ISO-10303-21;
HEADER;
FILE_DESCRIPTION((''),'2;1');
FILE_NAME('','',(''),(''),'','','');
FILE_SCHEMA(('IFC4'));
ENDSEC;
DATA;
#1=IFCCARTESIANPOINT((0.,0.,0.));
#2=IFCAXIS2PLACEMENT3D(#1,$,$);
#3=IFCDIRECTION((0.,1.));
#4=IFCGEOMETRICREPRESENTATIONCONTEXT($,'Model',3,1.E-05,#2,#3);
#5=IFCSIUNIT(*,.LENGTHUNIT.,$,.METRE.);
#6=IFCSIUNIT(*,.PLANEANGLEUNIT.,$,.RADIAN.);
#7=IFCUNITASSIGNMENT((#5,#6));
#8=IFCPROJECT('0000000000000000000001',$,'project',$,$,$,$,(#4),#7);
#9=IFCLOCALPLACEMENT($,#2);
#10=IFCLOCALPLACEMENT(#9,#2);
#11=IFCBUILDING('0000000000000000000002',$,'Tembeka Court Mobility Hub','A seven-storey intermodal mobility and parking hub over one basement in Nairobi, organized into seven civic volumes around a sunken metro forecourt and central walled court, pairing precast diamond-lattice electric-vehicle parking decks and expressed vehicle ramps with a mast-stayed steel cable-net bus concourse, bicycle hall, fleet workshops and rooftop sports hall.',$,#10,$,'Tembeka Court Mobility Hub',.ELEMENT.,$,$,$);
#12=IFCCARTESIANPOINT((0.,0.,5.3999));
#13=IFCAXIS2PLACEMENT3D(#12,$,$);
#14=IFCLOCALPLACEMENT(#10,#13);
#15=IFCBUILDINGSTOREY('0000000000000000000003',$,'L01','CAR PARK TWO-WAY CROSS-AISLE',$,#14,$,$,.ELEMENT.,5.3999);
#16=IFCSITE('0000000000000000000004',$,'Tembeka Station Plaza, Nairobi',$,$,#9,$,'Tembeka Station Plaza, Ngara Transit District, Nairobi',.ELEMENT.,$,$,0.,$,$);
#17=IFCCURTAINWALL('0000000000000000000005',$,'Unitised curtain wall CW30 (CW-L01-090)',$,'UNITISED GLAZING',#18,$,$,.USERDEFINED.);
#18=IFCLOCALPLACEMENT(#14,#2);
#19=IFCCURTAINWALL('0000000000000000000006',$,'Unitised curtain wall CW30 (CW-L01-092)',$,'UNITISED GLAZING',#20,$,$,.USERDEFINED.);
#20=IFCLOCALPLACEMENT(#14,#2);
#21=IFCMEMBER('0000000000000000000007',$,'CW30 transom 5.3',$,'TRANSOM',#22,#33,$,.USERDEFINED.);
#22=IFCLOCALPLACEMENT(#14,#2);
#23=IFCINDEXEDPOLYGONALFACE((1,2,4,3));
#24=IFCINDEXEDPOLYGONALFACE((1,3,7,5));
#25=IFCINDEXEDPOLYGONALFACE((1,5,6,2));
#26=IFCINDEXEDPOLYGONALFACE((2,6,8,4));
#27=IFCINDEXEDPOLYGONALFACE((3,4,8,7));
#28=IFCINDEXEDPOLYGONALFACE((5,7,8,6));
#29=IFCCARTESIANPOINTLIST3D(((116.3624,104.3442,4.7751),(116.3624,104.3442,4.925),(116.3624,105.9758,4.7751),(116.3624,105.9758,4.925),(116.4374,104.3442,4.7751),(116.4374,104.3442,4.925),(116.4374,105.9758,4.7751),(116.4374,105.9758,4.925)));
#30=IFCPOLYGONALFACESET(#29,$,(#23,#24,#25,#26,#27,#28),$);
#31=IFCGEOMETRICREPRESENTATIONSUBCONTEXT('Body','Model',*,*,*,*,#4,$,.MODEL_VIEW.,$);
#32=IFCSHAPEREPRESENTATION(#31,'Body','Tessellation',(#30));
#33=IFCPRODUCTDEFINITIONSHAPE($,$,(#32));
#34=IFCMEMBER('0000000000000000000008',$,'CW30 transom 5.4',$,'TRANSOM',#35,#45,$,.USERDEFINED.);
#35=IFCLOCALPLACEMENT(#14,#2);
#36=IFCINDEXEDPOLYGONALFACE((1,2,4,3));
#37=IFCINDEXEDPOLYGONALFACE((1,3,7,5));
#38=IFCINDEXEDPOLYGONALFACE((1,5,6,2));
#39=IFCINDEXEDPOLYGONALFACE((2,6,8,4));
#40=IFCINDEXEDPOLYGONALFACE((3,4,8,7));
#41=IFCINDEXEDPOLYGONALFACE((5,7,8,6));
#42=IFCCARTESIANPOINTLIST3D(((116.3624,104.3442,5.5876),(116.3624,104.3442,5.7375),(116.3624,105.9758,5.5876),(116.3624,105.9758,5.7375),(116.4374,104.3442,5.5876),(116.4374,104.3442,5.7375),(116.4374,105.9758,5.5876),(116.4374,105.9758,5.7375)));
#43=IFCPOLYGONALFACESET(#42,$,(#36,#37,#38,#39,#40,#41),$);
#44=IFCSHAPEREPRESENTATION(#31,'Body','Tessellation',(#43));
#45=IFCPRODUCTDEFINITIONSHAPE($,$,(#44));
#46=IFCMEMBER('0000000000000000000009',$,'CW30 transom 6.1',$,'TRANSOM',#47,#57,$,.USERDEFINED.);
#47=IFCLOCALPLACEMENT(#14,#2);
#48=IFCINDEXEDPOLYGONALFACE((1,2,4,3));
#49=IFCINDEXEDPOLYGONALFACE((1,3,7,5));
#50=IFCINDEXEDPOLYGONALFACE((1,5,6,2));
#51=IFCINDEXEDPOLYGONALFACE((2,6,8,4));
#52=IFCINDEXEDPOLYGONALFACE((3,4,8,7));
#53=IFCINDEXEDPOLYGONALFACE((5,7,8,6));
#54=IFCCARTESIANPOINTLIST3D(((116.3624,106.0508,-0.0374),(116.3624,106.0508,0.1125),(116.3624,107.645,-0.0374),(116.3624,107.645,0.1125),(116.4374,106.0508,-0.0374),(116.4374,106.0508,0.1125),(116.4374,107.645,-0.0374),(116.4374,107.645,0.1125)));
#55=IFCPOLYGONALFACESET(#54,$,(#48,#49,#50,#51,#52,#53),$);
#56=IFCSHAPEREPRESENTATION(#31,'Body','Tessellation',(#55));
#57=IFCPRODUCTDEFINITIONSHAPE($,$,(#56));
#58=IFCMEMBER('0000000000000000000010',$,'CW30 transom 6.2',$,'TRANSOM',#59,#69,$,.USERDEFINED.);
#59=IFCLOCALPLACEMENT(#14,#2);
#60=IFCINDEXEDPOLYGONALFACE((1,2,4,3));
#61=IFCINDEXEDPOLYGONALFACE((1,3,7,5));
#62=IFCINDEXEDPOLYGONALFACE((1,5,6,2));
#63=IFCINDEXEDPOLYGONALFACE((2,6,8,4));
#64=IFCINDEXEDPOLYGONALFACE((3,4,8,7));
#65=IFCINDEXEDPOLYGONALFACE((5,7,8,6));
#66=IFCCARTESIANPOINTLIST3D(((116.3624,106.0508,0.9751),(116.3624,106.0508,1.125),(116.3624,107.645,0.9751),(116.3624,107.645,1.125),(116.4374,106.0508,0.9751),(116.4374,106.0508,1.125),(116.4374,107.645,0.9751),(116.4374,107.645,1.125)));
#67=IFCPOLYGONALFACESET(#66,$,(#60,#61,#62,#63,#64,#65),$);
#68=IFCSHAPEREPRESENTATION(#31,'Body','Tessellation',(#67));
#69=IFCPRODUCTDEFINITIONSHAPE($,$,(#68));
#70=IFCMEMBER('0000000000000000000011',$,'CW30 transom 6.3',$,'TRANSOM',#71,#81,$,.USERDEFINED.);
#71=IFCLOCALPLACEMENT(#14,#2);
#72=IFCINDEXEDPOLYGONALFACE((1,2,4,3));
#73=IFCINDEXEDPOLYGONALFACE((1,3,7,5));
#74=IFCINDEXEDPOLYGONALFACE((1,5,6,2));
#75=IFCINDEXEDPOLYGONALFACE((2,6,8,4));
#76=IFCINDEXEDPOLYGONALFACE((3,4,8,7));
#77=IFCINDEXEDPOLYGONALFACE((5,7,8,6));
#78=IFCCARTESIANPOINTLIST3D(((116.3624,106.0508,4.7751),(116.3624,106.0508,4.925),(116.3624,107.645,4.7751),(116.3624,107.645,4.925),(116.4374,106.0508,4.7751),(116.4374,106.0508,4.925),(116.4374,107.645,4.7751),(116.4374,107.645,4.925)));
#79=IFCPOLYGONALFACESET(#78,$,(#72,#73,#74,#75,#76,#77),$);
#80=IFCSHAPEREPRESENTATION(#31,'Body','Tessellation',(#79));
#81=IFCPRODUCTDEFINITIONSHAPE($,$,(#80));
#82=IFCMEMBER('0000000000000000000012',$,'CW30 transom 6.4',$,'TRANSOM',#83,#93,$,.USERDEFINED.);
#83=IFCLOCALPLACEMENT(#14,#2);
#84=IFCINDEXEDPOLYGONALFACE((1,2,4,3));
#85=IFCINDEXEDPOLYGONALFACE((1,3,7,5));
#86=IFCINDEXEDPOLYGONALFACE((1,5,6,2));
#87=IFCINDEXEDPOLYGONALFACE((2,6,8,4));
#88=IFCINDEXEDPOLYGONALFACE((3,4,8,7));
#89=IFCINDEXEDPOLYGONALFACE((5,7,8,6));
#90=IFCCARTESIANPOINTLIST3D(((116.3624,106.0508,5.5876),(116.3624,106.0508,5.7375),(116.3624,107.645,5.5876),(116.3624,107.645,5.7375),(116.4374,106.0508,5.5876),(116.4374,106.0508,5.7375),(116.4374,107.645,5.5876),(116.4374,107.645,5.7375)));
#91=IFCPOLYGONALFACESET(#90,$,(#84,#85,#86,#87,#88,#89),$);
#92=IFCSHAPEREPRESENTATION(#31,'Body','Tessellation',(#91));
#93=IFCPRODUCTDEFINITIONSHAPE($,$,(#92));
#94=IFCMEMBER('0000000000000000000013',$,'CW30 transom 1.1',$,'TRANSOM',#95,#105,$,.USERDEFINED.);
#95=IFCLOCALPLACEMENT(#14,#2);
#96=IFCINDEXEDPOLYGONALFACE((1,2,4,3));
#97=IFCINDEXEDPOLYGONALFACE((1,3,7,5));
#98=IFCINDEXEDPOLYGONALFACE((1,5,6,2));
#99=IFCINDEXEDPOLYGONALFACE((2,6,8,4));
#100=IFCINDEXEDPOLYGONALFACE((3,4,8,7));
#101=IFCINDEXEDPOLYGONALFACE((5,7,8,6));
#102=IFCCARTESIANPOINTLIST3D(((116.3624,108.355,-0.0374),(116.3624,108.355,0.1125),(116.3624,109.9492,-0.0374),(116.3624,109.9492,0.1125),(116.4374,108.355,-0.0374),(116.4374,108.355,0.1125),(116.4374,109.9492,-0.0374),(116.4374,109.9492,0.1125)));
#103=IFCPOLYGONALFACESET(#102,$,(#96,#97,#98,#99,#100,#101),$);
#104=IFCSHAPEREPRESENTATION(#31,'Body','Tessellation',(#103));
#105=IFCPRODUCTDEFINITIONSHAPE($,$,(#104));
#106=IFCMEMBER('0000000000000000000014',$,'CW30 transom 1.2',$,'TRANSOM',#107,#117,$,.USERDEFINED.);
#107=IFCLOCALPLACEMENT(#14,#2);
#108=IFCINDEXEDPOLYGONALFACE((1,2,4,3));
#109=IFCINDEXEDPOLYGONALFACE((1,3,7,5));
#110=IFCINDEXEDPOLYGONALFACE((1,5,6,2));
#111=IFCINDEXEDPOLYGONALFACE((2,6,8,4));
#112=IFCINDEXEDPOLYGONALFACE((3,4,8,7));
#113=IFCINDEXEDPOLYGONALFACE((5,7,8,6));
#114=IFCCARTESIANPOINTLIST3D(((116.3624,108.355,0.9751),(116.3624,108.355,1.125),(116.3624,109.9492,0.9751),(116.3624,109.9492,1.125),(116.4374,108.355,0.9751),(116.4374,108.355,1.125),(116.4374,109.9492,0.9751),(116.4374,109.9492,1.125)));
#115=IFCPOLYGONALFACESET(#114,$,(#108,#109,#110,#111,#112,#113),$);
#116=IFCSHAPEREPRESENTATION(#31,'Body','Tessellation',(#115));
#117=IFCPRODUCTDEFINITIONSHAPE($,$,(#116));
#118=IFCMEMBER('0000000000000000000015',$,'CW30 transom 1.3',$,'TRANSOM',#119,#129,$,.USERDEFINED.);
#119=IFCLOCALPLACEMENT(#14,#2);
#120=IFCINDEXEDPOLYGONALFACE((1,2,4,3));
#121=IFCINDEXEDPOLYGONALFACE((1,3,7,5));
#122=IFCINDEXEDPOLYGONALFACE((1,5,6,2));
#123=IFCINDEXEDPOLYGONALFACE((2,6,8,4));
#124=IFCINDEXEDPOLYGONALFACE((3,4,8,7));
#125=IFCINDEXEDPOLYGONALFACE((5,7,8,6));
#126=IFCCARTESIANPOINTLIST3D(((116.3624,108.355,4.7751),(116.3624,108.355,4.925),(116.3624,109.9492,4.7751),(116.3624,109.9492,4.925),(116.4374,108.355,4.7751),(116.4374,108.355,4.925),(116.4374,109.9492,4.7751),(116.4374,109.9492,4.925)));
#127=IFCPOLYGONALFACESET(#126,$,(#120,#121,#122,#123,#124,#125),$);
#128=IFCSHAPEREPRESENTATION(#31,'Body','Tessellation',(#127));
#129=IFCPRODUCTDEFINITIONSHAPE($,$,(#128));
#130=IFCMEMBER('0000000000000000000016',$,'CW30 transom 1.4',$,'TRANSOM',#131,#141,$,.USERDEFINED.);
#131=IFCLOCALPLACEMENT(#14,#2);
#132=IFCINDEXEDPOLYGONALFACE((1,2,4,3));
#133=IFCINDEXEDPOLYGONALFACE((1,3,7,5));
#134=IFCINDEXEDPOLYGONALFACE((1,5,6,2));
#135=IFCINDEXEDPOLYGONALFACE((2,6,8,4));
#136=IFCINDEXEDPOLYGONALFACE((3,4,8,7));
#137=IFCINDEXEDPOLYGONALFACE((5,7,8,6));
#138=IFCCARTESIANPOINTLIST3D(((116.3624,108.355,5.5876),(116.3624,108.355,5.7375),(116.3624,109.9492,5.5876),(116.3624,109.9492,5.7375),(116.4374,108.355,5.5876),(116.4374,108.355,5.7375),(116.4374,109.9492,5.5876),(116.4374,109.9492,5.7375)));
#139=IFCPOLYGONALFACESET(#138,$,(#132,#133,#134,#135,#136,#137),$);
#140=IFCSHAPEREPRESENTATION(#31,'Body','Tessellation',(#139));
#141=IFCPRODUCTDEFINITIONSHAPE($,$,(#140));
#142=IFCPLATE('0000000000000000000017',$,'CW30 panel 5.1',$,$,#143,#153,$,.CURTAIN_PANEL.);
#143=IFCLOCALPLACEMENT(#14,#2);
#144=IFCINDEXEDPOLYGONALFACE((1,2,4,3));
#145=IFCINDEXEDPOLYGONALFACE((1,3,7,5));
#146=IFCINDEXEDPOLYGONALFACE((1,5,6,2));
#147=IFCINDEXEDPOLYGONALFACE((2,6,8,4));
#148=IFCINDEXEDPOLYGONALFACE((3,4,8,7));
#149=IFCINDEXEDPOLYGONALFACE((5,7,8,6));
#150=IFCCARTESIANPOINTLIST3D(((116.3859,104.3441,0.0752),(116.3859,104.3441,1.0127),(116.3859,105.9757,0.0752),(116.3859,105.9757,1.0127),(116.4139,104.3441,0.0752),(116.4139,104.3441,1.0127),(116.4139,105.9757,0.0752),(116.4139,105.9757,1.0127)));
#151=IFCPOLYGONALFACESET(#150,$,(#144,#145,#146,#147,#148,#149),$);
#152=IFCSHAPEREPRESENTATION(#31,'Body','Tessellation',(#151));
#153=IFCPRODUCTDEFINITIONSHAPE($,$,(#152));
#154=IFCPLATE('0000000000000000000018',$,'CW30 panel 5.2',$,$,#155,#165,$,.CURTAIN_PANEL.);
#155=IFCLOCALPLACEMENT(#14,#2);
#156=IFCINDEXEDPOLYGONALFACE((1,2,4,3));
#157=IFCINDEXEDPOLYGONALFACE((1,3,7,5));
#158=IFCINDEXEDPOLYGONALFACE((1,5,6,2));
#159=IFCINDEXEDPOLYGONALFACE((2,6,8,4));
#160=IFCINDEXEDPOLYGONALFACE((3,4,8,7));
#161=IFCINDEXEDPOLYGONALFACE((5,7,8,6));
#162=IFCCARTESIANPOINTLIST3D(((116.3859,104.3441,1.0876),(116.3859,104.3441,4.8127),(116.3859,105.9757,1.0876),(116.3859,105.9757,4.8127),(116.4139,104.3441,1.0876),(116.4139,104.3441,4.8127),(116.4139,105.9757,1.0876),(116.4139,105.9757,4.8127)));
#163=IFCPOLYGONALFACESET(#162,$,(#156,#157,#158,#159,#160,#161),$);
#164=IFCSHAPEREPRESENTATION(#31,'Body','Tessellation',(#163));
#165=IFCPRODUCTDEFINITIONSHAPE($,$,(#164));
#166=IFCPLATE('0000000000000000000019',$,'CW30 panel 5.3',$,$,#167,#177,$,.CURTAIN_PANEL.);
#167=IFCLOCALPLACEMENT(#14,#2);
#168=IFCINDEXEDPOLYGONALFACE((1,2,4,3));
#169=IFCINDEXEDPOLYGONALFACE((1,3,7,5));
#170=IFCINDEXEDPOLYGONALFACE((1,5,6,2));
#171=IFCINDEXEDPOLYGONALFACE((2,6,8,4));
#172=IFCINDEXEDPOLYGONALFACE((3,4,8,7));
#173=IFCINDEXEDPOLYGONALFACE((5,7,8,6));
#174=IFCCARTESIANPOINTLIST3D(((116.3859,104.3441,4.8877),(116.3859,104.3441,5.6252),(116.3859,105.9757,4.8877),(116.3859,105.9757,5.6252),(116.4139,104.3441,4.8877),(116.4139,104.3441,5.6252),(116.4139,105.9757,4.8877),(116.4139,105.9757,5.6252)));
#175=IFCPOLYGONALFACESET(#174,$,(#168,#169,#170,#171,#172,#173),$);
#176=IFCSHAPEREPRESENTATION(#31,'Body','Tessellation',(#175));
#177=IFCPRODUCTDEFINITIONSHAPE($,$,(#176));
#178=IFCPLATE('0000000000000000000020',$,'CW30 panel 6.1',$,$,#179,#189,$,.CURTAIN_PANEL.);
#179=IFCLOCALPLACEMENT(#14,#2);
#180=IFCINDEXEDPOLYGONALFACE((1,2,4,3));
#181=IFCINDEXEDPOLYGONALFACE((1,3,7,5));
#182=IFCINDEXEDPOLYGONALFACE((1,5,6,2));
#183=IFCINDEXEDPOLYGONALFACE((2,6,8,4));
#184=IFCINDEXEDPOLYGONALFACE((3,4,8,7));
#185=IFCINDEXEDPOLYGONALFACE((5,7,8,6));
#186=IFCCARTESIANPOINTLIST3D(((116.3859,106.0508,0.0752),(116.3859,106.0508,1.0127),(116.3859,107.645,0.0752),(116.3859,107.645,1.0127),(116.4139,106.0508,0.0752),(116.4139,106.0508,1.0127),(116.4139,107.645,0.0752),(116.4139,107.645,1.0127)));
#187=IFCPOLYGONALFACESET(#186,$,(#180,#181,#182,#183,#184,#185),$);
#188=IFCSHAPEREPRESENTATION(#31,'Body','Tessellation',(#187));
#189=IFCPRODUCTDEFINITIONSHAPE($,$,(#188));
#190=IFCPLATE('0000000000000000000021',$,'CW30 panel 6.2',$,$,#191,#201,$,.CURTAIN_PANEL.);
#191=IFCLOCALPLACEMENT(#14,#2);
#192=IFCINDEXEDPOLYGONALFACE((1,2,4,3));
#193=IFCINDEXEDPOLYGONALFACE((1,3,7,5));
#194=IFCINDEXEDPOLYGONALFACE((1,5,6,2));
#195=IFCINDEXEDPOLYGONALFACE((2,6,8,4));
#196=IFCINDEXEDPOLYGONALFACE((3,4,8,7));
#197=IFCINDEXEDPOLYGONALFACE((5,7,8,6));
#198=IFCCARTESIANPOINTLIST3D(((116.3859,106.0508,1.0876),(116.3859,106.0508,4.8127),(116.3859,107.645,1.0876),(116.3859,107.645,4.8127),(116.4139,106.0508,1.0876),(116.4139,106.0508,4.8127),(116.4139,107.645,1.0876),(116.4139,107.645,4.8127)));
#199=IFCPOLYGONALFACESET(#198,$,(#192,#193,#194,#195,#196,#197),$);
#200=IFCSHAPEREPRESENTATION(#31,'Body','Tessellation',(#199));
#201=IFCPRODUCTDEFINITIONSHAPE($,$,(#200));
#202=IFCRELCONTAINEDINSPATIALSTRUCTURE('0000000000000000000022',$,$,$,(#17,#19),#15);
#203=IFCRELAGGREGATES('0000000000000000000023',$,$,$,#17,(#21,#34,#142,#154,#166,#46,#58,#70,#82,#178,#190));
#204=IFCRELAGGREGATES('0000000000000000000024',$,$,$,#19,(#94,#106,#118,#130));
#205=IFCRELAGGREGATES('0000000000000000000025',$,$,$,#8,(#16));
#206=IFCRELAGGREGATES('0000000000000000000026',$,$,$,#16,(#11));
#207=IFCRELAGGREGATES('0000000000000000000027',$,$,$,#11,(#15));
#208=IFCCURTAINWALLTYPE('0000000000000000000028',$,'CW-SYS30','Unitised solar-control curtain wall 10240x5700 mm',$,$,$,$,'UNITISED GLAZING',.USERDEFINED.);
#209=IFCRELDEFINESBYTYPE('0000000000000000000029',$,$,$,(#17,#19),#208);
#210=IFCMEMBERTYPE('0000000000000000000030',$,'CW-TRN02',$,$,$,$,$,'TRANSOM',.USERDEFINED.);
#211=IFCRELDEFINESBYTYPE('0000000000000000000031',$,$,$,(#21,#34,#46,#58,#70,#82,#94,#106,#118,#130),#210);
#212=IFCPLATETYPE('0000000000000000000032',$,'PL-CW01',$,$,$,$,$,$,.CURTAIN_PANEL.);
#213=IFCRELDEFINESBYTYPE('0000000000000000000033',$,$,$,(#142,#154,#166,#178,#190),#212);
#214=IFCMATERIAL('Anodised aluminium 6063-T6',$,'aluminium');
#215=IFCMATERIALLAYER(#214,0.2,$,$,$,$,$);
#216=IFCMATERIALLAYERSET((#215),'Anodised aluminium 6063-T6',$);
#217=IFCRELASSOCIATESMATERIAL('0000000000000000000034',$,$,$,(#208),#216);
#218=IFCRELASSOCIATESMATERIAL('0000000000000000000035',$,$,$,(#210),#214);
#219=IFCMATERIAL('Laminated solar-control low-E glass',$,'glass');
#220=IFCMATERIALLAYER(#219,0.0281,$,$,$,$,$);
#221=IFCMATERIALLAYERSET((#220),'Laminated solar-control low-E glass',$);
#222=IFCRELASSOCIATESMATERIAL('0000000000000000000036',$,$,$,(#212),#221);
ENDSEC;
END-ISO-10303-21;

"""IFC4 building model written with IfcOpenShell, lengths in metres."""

from ifc_helpers import new_model, si_unit, direction, frame, origin, origin_2d, place, context, subcontext, project, spatial, rectangle, extrude, material, layer, layer_set, material_profile, profile_set, type_object, element, aggregate, save


model = new_model("IFC4")

# Units and contexts
model_context = context("Model", 3, precision=1e-05, world=origin(), true_north=direction((0.0, 1.0)))
body_context = subcontext(model_context, "Body", "Model", "MODEL_VIEW")
ifc_project = project(units=[si_unit("LENGTHUNIT", "METRE"), si_unit("PLANEANGLEUNIT", "RADIAN")], contexts=[model_context])

# Site, building, storey
site_placement = place(None, origin())
site = spatial("IfcSite", under=ifc_project, at=site_placement, Name="Tembeka Station Plaza, Nairobi", LongName="Tembeka Station Plaza, Ngara Transit District, Nairobi", CompositionType="ELEMENT", RefElevation=0.0)
building_placement = place(site_placement, origin())
building = spatial("IfcBuilding", under=site, at=building_placement, Name="Tembeka Court Mobility Hub", Description="A seven-storey intermodal mobility and parking hub over one basement in Nairobi, organized into seven civic volumes around a sunken metro forecourt and central walled court, pairing precast diamond-lattice electric-vehicle parking decks and expressed vehicle ramps with a mast-stayed steel cable-net bus concourse, bicycle hall, fleet workshops and rooftop sports hall.", LongName="Tembeka Court Mobility Hub", CompositionType="ELEMENT")
storey_placement = place(building_placement, frame((0.0, 0.0, 5.3999)))
storey = spatial("IfcBuildingStorey", under=building, at=storey_placement, Name="L01", Description="CAR PARK TWO-WAY CROSS-AISLE", CompositionType="ELEMENT", Elevation=5.3999)

# Curtain wall
ifc_material_1 = material(Name="Anodised aluminium 6063-T6", Category="aluminium")
ifc_layer_1 = layer(ifc_material_1, 0.2)
ifc_layer_set_1 = layer_set([ifc_layer_1], Name="Anodised aluminium 6063-T6")
curtain_wall_type = type_object("IfcCurtainWallType", Name="CW-SYS30", Description="Unitised solar-control curtain wall 10240x5700 mm", ElementType="UNITISED GLAZING", PredefinedType="USERDEFINED", material=ifc_layer_set_1)
curtain_wall_1_placement = place(storey_placement, origin())
curtain_wall_1 = element("IfcCurtainWall", 1, at=curtain_wall_1_placement, inside=storey, type_object=curtain_wall_type, Name="Unitised curtain wall CW30 (CW-L01-090)", ObjectType="UNITISED GLAZING", PredefinedType="USERDEFINED")

# Curtain wall
curtain_wall_2_placement = place(storey_placement, origin())
curtain_wall_2 = element("IfcCurtainWall", 2, at=curtain_wall_2_placement, inside=storey, type_object=curtain_wall_type, Name="Unitised curtain wall CW30 (CW-L01-092)", ObjectType="UNITISED GLAZING", PredefinedType="USERDEFINED")

# Members
ifc_material_profile_1 = material_profile(ifc_material_1, rectangle(XDim=0.075, YDim=0.1499, at=origin_2d()), Name="ALU-TRN 75x150")
ifc_profile_set_1 = profile_set([ifc_material_profile_1], Name="Anodised aluminium 6063-T6")
member_type_1 = type_object("IfcMemberType", Name="CW-TRN02", ElementType="TRANSOM", PredefinedType="USERDEFINED", material=ifc_profile_set_1)
member_1_placement = place(storey_placement, frame((116.3999, 104.3442, 4.8501), z_axis=(0.0, 1.0, 0.0), x_axis=(-1.0, 0.0, 0.0)))
member_1 = element("IfcMember", 3, at=member_1_placement, type_object=member_type_1, Name="CW30 transom 5.3", ObjectType="TRANSOM", PredefinedType="USERDEFINED", context=body_context, shape_type="SweptSolid", body=[
    extrude(rectangle(XDim=0.075, YDim=0.1499, at=origin_2d()), origin(), (0.0, 0.0, 1.0), 1.6316),
])
member_2_placement = place(storey_placement, frame((116.3999, 104.3442, 5.6626), z_axis=(0.0, 1.0, 0.0), x_axis=(-1.0, 0.0, 0.0)))
member_2 = element("IfcMember", 4, at=member_2_placement, type_object=member_type_1, Name="CW30 transom 5.4", ObjectType="TRANSOM", PredefinedType="USERDEFINED", context=body_context, shape_type="SweptSolid", body=[
    extrude(rectangle(XDim=0.075, YDim=0.1499, at=origin_2d()), origin(), (0.0, 0.0, 1.0), 1.6316),
])
member_3_placement = place(storey_placement, frame((116.3999, 106.0508, 0.0376), z_axis=(0.0, 1.0, 0.0), x_axis=(-1.0, 0.0, 0.0)))
member_3 = element("IfcMember", 5, at=member_3_placement, type_object=member_type_1, Name="CW30 transom 6.1", ObjectType="TRANSOM", PredefinedType="USERDEFINED", context=body_context, shape_type="SweptSolid", body=[
    extrude(rectangle(XDim=0.075, YDim=0.1499, at=origin_2d()), origin(), (0.0, 0.0, 1.0), 1.5942),
])
member_4_placement = place(storey_placement, frame((116.3999, 106.0508, 1.05), z_axis=(0.0, 1.0, 0.0), x_axis=(-1.0, 0.0, 0.0)))
member_4 = element("IfcMember", 6, at=member_4_placement, type_object=member_type_1, Name="CW30 transom 6.2", ObjectType="TRANSOM", PredefinedType="USERDEFINED", context=body_context, shape_type="SweptSolid", body=[
    extrude(rectangle(XDim=0.075, YDim=0.1499, at=origin_2d()), origin(), (0.0, 0.0, 1.0), 1.5942),
])
member_5_placement = place(storey_placement, frame((116.3999, 106.0508, 4.8501), z_axis=(0.0, 1.0, 0.0), x_axis=(-1.0, 0.0, 0.0)))
member_5 = element("IfcMember", 7, at=member_5_placement, type_object=member_type_1, Name="CW30 transom 6.3", ObjectType="TRANSOM", PredefinedType="USERDEFINED", context=body_context, shape_type="SweptSolid", body=[
    extrude(rectangle(XDim=0.075, YDim=0.1499, at=origin_2d()), origin(), (0.0, 0.0, 1.0), 1.5942),
])
member_6_placement = place(storey_placement, frame((116.3999, 106.0508, 5.6626), z_axis=(0.0, 1.0, 0.0), x_axis=(-1.0, 0.0, 0.0)))
member_6 = element("IfcMember", 8, at=member_6_placement, type_object=member_type_1, Name="CW30 transom 6.4", ObjectType="TRANSOM", PredefinedType="USERDEFINED", context=body_context, shape_type="SweptSolid", body=[
    extrude(rectangle(XDim=0.075, YDim=0.1499, at=origin_2d()), origin(), (0.0, 0.0, 1.0), 1.5942),
])
member_7_placement = place(storey_placement, frame((116.3999, 108.355, 0.0376), z_axis=(0.0, 1.0, 0.0), x_axis=(-1.0, 0.0, 0.0)))
member_7 = element("IfcMember", 9, at=member_7_placement, type_object=member_type_1, Name="CW30 transom 1.1", ObjectType="TRANSOM", PredefinedType="USERDEFINED", context=body_context, shape_type="SweptSolid", body=[
    extrude(rectangle(XDim=0.075, YDim=0.1499, at=origin_2d()), origin(), (0.0, 0.0, 1.0), 1.5942),
])
member_8_placement = place(storey_placement, frame((116.3999, 108.355, 1.05), z_axis=(0.0, 1.0, 0.0), x_axis=(-1.0, 0.0, 0.0)))
member_8 = element("IfcMember", 10, at=member_8_placement, type_object=member_type_1, Name="CW30 transom 1.2", ObjectType="TRANSOM", PredefinedType="USERDEFINED", context=body_context, shape_type="SweptSolid", body=[
    extrude(rectangle(XDim=0.075, YDim=0.1499, at=origin_2d()), origin(), (0.0, 0.0, 1.0), 1.5942),
])
member_9_placement = place(storey_placement, frame((116.3999, 108.355, 4.8501), z_axis=(0.0, 1.0, 0.0), x_axis=(-1.0, 0.0, 0.0)))
member_9 = element("IfcMember", 11, at=member_9_placement, type_object=member_type_1, Name="CW30 transom 1.3", ObjectType="TRANSOM", PredefinedType="USERDEFINED", context=body_context, shape_type="SweptSolid", body=[
    extrude(rectangle(XDim=0.075, YDim=0.1499, at=origin_2d()), origin(), (0.0, 0.0, 1.0), 1.5942),
])
member_10_placement = place(storey_placement, frame((116.3999, 108.355, 5.6626), z_axis=(0.0, 1.0, 0.0), x_axis=(-1.0, 0.0, 0.0)))
member_10 = element("IfcMember", 12, at=member_10_placement, type_object=member_type_1, Name="CW30 transom 1.4", ObjectType="TRANSOM", PredefinedType="USERDEFINED", context=body_context, shape_type="SweptSolid", body=[
    extrude(rectangle(XDim=0.075, YDim=0.1499, at=origin_2d()), origin(), (0.0, 0.0, 1.0), 1.5942),
])

# Plates
ifc_material_2 = material(Name="Laminated solar-control low-E glass", Category="glass")
ifc_layer_2 = layer(ifc_material_2, 0.0281)
ifc_layer_set_2 = layer_set([ifc_layer_2], Name="Laminated solar-control low-E glass")
plate_type_1 = type_object("IfcPlateType", Name="PL-CW01", PredefinedType="CURTAIN_PANEL", material=ifc_layer_set_2)
plate_1_placement = place(storey_placement, frame((116.3999, 105.1599, 0.0752), z_axis=(0.0, 0.0, 1.0), x_axis=(0.0, 1.0, 0.0)))
plate_1 = element("IfcPlate", 13, at=plate_1_placement, type_object=plate_type_1, Name="CW30 panel 5.1", PredefinedType="CURTAIN_PANEL", context=body_context, shape_type="SweptSolid", body=[
    extrude(rectangle(XDim=1.6316, YDim=0.0281, at=origin_2d()), origin(), (0.0, 0.0, 1.0), 0.9375),
])
plate_2_placement = place(storey_placement, frame((116.3999, 105.1599, 1.0876), z_axis=(0.0, 0.0, 1.0), x_axis=(0.0, 1.0, 0.0)))
plate_2 = element("IfcPlate", 14, at=plate_2_placement, type_object=plate_type_1, Name="CW30 panel 5.2", PredefinedType="CURTAIN_PANEL", context=body_context, shape_type="SweptSolid", body=[
    extrude(rectangle(XDim=1.6316, YDim=0.0281, at=origin_2d()), origin(), (0.0, 0.0, 1.0), 3.7251),
])
plate_3_placement = place(storey_placement, frame((116.3999, 105.1599, 4.8877), z_axis=(0.0, 0.0, 1.0), x_axis=(0.0, 1.0, 0.0)))
plate_3 = element("IfcPlate", 15, at=plate_3_placement, type_object=plate_type_1, Name="CW30 panel 5.3", PredefinedType="CURTAIN_PANEL", context=body_context, shape_type="SweptSolid", body=[
    extrude(rectangle(XDim=1.6316, YDim=0.0281, at=origin_2d()), origin(), (0.0, 0.0, 1.0), 0.7375),
])
plate_4_placement = place(storey_placement, frame((116.3999, 106.8479, 0.0752), z_axis=(0.0, 0.0, 1.0), x_axis=(0.0, 1.0, 0.0)))
plate_4 = element("IfcPlate", 16, at=plate_4_placement, type_object=plate_type_1, Name="CW30 panel 6.1", PredefinedType="CURTAIN_PANEL", context=body_context, shape_type="SweptSolid", body=[
    extrude(rectangle(XDim=1.5942, YDim=0.0281, at=origin_2d()), origin(), (0.0, 0.0, 1.0), 0.9375),
])
plate_5_placement = place(storey_placement, frame((116.3999, 106.8479, 1.0876), z_axis=(0.0, 0.0, 1.0), x_axis=(0.0, 1.0, 0.0)))
plate_5 = element("IfcPlate", 17, at=plate_5_placement, type_object=plate_type_1, Name="CW30 panel 6.2", PredefinedType="CURTAIN_PANEL", context=body_context, shape_type="SweptSolid", body=[
    extrude(rectangle(XDim=1.5942, YDim=0.0281, at=origin_2d()), origin(), (0.0, 0.0, 1.0), 3.7251),
])
aggregate(curtain_wall_1, [member_1, member_2, plate_1, plate_2, plate_3, member_3, member_4, member_5, member_6, plate_4, plate_5])
aggregate(curtain_wall_2, [member_7, member_8, member_9, member_10])

save(model, "model.ifc")
